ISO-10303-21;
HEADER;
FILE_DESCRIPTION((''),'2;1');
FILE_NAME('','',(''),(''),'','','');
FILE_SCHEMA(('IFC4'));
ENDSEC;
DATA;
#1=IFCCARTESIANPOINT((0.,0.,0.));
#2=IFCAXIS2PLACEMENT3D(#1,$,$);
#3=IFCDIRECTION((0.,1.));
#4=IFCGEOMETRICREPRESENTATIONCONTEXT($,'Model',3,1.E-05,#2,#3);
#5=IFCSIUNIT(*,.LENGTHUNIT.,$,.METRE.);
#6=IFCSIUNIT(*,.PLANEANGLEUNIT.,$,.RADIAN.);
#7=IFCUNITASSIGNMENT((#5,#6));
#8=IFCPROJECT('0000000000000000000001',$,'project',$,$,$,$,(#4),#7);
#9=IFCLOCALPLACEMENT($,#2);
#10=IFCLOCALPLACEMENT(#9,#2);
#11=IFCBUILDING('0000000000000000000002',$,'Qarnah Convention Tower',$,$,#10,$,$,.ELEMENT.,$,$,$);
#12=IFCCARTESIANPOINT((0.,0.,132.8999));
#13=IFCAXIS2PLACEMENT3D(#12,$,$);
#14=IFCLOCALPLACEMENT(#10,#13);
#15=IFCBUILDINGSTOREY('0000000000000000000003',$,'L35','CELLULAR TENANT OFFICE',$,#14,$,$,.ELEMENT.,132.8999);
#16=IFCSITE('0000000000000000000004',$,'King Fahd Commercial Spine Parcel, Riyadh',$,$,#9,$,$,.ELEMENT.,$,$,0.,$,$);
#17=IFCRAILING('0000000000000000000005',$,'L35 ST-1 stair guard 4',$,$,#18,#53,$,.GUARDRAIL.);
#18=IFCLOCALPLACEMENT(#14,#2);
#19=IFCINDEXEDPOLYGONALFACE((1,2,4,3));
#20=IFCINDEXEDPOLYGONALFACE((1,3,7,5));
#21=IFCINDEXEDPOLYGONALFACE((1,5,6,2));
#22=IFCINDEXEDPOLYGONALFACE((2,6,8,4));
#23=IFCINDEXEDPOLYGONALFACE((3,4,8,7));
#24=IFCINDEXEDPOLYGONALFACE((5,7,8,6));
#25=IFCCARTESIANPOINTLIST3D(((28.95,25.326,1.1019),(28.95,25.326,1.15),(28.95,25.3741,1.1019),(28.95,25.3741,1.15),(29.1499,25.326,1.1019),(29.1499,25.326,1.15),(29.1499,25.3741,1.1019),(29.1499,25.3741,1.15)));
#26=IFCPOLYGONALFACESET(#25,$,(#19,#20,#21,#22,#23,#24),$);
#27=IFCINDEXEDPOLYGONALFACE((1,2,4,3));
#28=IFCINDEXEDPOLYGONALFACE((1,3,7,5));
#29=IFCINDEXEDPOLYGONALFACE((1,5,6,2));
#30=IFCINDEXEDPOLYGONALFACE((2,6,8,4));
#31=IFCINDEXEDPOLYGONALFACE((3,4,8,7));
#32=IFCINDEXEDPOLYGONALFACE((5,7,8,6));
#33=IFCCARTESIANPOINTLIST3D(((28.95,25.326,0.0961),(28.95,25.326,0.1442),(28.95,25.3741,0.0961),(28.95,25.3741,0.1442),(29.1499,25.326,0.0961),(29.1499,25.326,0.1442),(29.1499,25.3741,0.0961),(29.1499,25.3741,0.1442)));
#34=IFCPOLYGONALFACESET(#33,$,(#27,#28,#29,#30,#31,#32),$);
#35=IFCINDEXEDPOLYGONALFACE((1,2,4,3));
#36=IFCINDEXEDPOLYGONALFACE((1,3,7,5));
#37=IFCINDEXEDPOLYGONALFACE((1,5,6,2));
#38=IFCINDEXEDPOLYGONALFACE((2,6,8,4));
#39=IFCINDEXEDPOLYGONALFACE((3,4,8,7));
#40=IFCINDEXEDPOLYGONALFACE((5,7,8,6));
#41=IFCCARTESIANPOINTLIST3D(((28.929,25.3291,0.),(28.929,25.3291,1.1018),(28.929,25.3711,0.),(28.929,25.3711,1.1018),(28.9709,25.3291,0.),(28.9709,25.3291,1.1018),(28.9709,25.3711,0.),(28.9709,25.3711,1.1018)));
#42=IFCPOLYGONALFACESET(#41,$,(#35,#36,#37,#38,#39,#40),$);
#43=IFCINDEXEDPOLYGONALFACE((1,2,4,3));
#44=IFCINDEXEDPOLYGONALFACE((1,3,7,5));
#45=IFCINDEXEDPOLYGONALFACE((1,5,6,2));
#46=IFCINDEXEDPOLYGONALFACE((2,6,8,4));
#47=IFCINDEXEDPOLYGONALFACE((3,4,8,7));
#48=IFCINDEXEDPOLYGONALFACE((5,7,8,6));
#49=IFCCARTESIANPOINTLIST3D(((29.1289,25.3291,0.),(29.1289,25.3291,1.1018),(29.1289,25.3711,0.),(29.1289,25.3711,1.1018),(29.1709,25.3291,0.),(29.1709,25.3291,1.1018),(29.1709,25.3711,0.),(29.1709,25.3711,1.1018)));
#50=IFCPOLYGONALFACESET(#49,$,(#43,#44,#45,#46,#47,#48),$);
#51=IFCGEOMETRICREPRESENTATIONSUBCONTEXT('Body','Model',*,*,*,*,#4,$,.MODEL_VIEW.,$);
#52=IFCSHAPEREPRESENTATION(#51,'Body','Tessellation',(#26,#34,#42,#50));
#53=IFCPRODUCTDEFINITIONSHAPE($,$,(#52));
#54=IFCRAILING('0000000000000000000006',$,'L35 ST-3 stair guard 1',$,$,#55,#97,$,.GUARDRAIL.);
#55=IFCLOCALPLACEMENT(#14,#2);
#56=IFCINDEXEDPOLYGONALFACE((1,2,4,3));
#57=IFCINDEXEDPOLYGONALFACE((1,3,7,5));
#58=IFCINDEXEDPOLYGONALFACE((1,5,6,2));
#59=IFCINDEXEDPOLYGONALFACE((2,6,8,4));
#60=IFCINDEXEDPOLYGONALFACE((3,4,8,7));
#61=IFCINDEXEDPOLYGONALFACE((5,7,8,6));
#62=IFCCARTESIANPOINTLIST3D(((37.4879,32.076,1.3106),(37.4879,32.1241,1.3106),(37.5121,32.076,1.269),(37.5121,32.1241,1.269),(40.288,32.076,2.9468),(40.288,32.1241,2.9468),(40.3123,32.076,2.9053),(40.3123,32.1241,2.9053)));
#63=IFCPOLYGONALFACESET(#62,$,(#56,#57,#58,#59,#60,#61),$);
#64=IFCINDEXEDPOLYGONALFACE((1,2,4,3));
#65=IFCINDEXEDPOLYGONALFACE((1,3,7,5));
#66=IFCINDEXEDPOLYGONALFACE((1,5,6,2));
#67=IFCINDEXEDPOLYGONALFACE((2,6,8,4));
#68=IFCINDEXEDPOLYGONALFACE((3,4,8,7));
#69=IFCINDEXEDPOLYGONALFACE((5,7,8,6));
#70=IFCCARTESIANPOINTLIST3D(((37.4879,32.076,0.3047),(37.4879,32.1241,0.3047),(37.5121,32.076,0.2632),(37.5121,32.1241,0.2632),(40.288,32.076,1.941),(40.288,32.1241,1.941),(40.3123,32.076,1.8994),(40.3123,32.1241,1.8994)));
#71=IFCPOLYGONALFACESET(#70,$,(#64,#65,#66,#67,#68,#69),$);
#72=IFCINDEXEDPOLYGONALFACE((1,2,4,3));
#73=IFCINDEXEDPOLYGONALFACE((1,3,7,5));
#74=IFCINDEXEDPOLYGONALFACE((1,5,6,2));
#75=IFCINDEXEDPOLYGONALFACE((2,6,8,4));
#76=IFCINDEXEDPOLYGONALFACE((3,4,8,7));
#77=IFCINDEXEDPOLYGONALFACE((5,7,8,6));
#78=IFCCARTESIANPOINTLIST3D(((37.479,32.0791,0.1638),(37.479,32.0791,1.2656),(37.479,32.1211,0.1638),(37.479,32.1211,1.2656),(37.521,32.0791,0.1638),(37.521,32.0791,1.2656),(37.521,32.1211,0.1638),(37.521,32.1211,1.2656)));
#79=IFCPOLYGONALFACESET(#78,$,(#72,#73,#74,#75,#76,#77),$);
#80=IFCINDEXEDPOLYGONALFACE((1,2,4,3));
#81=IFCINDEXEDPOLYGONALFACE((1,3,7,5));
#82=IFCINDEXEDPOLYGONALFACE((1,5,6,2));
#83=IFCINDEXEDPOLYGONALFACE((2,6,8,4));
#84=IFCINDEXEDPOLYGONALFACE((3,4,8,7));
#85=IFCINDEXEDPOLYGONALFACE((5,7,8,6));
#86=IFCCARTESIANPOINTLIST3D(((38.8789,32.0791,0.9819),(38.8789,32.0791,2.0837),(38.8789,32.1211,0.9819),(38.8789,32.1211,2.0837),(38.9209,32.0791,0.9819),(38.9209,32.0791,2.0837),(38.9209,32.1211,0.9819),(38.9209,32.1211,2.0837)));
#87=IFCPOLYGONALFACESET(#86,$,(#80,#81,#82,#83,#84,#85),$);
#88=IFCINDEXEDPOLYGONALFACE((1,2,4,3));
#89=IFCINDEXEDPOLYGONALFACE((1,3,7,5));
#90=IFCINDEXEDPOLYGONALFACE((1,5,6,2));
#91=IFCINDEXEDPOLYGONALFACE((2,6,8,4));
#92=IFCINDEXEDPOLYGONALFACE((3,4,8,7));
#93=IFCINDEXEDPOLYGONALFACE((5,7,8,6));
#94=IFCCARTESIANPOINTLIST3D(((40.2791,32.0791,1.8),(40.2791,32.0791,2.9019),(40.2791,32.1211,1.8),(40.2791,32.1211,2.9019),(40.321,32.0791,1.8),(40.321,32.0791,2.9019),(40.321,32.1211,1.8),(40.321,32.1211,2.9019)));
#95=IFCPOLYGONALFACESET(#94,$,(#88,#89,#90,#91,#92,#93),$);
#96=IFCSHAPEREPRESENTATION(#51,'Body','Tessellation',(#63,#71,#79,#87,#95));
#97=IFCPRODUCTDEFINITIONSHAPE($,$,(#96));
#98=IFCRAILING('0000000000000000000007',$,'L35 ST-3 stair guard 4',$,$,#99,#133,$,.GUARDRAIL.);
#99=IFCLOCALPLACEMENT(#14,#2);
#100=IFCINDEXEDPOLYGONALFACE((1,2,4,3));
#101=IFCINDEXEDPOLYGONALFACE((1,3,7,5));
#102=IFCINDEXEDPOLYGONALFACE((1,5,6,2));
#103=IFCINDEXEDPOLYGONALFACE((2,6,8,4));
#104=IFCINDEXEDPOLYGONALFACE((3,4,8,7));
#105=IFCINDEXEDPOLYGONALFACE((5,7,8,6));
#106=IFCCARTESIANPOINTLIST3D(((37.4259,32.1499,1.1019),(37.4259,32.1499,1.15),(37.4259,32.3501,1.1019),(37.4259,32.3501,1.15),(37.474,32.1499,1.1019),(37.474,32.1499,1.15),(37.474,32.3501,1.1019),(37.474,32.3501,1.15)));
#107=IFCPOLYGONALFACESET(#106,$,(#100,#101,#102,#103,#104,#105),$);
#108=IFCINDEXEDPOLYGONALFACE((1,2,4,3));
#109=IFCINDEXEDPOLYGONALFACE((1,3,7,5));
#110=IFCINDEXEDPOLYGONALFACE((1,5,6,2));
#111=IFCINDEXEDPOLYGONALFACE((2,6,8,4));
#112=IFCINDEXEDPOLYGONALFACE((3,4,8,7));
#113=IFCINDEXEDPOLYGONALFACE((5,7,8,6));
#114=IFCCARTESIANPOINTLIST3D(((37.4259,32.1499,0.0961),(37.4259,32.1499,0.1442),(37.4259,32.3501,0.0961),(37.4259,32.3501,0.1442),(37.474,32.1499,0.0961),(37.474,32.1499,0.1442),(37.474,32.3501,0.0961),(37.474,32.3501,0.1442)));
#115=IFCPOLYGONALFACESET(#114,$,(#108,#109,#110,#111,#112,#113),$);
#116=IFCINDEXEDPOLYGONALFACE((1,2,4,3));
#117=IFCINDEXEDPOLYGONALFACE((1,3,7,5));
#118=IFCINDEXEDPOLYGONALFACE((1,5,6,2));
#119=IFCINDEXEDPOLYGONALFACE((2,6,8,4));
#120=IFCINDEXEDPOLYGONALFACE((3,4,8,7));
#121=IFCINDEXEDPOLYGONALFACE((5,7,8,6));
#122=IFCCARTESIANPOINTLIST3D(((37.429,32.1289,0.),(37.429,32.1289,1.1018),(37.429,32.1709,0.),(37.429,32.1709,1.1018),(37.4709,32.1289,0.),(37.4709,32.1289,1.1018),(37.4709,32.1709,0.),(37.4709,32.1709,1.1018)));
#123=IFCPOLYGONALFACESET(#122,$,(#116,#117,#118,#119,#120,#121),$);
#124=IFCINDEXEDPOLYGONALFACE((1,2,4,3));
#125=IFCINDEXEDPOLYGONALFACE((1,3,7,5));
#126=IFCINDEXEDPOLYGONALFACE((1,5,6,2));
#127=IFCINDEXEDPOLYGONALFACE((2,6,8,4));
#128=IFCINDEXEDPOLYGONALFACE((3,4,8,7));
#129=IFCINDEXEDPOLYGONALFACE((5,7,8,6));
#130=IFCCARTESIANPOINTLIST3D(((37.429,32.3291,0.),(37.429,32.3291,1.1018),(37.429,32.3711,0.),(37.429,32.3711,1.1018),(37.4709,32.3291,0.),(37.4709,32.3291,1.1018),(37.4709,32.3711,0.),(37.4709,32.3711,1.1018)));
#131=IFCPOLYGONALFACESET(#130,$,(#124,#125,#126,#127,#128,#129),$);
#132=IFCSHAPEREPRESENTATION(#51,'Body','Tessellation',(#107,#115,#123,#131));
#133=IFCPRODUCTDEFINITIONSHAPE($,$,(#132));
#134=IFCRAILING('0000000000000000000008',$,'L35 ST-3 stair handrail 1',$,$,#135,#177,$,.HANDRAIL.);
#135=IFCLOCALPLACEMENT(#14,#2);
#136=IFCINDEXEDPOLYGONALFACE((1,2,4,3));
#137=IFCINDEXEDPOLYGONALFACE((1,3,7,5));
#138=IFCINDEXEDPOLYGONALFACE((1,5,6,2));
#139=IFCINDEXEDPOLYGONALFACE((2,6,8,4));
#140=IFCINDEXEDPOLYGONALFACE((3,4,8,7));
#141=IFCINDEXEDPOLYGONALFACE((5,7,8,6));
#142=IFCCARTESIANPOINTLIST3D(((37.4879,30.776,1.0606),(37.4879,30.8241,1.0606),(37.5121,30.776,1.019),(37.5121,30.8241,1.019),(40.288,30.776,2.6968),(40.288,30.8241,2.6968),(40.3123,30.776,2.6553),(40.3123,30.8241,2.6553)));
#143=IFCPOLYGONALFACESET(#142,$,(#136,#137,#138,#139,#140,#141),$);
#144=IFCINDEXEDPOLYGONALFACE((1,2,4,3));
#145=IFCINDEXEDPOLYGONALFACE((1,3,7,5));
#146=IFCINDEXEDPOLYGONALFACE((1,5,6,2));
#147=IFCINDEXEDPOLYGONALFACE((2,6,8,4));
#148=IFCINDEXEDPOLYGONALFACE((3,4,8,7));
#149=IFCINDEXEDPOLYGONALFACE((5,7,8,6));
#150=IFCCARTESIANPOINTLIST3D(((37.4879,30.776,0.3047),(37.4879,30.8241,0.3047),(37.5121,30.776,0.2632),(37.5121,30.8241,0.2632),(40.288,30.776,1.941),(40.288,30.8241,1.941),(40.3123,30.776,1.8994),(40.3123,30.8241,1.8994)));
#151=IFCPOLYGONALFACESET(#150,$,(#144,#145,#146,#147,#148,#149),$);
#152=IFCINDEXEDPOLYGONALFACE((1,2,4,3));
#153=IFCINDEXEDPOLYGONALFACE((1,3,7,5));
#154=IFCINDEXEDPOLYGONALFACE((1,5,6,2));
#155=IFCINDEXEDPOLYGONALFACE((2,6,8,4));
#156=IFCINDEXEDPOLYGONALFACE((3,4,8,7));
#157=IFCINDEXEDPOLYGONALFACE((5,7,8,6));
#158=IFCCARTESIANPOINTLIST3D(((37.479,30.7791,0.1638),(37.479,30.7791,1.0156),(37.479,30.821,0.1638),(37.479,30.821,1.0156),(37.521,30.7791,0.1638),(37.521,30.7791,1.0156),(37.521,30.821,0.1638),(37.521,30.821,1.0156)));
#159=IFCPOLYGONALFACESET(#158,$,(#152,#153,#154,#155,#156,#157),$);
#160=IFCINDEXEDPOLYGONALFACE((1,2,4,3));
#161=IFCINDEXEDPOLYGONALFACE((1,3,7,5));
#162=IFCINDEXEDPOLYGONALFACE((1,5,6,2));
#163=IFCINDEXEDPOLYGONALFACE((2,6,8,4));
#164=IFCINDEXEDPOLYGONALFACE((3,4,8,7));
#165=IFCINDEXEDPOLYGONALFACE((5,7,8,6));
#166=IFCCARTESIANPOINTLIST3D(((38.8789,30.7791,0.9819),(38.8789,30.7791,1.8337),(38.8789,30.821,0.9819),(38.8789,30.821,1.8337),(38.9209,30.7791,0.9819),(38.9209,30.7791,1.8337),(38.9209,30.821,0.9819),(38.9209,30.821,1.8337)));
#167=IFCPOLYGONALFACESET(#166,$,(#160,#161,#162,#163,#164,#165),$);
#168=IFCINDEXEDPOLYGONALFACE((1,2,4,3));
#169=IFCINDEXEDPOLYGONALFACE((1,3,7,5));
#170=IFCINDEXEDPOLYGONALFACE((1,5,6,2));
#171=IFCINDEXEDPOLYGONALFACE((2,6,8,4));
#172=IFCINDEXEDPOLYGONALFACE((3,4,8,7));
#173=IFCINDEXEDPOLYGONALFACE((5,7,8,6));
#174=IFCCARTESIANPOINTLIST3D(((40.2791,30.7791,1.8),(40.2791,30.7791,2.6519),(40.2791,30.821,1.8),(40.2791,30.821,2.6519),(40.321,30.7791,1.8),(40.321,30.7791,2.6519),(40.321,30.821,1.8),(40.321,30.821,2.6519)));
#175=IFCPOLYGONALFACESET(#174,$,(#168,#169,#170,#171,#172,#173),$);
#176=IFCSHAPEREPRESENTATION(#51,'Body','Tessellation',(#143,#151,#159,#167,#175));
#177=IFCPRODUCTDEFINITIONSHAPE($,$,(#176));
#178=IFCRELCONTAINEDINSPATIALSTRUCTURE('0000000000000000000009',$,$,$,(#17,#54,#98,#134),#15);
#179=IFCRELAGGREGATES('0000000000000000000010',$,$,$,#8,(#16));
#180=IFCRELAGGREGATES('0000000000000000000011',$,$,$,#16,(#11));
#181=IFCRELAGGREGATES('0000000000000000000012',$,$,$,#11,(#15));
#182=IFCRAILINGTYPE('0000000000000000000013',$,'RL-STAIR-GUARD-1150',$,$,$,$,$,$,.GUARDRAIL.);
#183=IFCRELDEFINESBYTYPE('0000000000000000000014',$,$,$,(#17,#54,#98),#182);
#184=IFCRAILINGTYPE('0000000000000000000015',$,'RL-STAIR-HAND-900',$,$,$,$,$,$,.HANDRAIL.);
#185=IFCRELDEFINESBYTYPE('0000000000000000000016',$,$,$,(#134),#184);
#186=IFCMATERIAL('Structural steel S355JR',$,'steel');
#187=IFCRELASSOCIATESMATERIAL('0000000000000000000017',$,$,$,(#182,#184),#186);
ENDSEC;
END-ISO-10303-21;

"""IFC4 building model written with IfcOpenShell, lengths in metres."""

from ifc_helpers import new_model, si_unit, direction, frame, origin, origin_2d, place, context, subcontext, project, spatial, rectangle, extrude, material, type_object, element, save


model = new_model("IFC4")

# Units and contexts
model_context = context("Model", 3, precision=1e-05, world=origin(), true_north=direction((0.0, 1.0)))
body_context = subcontext(model_context, "Body", "Model", "MODEL_VIEW")
ifc_project = project(units=[si_unit("LENGTHUNIT", "METRE"), si_unit("PLANEANGLEUNIT", "RADIAN")], contexts=[model_context])

# Site, building, storey
site_placement = place(None, origin())
site = spatial("IfcSite", under=ifc_project, at=site_placement, Name="King Fahd Commercial Spine Parcel, Riyadh", CompositionType="ELEMENT", RefElevation=0.0)
building_placement = place(site_placement, origin())
building = spatial("IfcBuilding", under=site, at=building_placement, Name="Qarnah Convention Tower", CompositionType="ELEMENT")
storey_placement = place(building_placement, frame((0.0, 0.0, 132.8999)))
storey = spatial("IfcBuildingStorey", under=building, at=storey_placement, Name="L35", Description="CELLULAR TENANT OFFICE", CompositionType="ELEMENT", Elevation=132.8999)

# Shared definitions
ifc_material_1 = material(Name="Structural steel S355JR", Category="steel")

# Railings
railing_type_1 = type_object("IfcRailingType", Name="RL-STAIR-GUARD-1150", PredefinedType="GUARDRAIL", material=ifc_material_1)
railing_1_placement = place(storey_placement, frame((28.95, 25.3501, 0.0)))
element("IfcRailing", 1, at=railing_1_placement, inside=storey, type_object=railing_type_1, Name="L35 ST-1 stair guard 4", PredefinedType="GUARDRAIL", context=body_context, shape_type="SweptSolid", body=[
    extrude(rectangle(XDim=0.0481, YDim=0.0481, at=origin_2d()), frame((0.0, 0.0, 1.126), z_axis=(1.0, 0.0, 0.0), x_axis=(0.0, 1.0, 0.0)), (0.0, 0.0, 1.0), 0.2),
    extrude(rectangle(XDim=0.0481, YDim=0.0481, at=origin_2d()), frame((0.0, 0.0, 0.1201), z_axis=(1.0, 0.0, 0.0), x_axis=(0.0, 1.0, 0.0)), (0.0, 0.0, 1.0), 0.2),
    extrude(rectangle(XDim=0.042, YDim=0.042, at=origin_2d()), origin(), (0.0, 0.0, 1.0), 1.1018),
    extrude(rectangle(XDim=0.042, YDim=0.042, at=origin_2d()), frame((0.2, 0.0, 0.0)), (0.0, 0.0, 1.0), 1.1018),
])
railing_2_placement = place(storey_placement, frame((37.5, 32.1001, 0.1638)))
element("IfcRailing", 2, at=railing_2_placement, inside=storey, type_object=railing_type_1, Name="L35 ST-3 stair guard 1", PredefinedType="GUARDRAIL", context=body_context, shape_type="SweptSolid", body=[
    extrude(rectangle(XDim=0.0481, YDim=0.0481, at=origin_2d()), frame((0.0, 0.0, 1.126), z_axis=(0.863394, 0.0, 0.504531), x_axis=(0.0, 1.0, 0.0)), (0.0, 0.0, 1.0), 3.2432),
    extrude(rectangle(XDim=0.0481, YDim=0.0481, at=origin_2d()), frame((0.0, 0.0, 0.1201), z_axis=(0.863394, 0.0, 0.504531), x_axis=(0.0, 1.0, 0.0)), (0.0, 0.0, 1.0), 3.2432),
    extrude(rectangle(XDim=0.042, YDim=0.042, at=origin_2d()), origin(), (0.0, 0.0, 1.0), 1.1018),
    extrude(rectangle(XDim=0.042, YDim=0.042, at=origin_2d()), frame((1.3999, 0.0, 0.8181)), (0.0, 0.0, 1.0), 1.1018),
    extrude(rectangle(XDim=0.042, YDim=0.042, at=origin_2d()), frame((2.8, 0.0, 1.6362)), (0.0, 0.0, 1.0), 1.1018),
])
railing_3_placement = place(storey_placement, frame((37.45, 32.1499, 0.0)))
element("IfcRailing", 3, at=railing_3_placement, inside=storey, type_object=railing_type_1, Name="L35 ST-3 stair guard 4", PredefinedType="GUARDRAIL", context=body_context, shape_type="SweptSolid", body=[
    extrude(rectangle(XDim=0.0481, YDim=0.0481, at=origin_2d()), frame((0.0, 0.0, 1.126), z_axis=(0.0, 1.0, 0.0), x_axis=(-1.0, 0.0, 0.0)), (0.0, 0.0, 1.0), 0.2002),
    extrude(rectangle(XDim=0.0481, YDim=0.0481, at=origin_2d()), frame((0.0, 0.0, 0.1201), z_axis=(0.0, 1.0, 0.0), x_axis=(-1.0, 0.0, 0.0)), (0.0, 0.0, 1.0), 0.2002),
    extrude(rectangle(XDim=0.042, YDim=0.042, at=origin_2d()), origin(), (0.0, 0.0, 1.0), 1.1018),
    extrude(rectangle(XDim=0.042, YDim=0.042, at=origin_2d()), frame((0.0, 0.2002, 0.0)), (0.0, 0.0, 1.0), 1.1018),
])
railing_type_2 = type_object("IfcRailingType", Name="RL-STAIR-HAND-900", PredefinedType="HANDRAIL", material=ifc_material_1)
railing_4_placement = place(storey_placement, frame((37.5, 30.8, 0.1638)))
element("IfcRailing", 4, at=railing_4_placement, inside=storey, type_object=railing_type_2, Name="L35 ST-3 stair handrail 1", PredefinedType="HANDRAIL", context=body_context, shape_type="SweptSolid", body=[
    extrude(rectangle(XDim=0.0481, YDim=0.0481, at=origin_2d()), frame((0.0, 0.0, 0.876), z_axis=(0.863394, 0.0, 0.504531), x_axis=(0.0, 1.0, 0.0)), (0.0, 0.0, 1.0), 3.2432),
    extrude(rectangle(XDim=0.0481, YDim=0.0481, at=origin_2d()), frame((0.0, 0.0, 0.1201), z_axis=(0.863394, 0.0, 0.504531), x_axis=(0.0, 1.0, 0.0)), (0.0, 0.0, 1.0), 3.2432),
    extrude(rectangle(XDim=0.042, YDim=0.042, at=origin_2d()), origin(), (0.0, 0.0, 1.0), 0.8518),
    extrude(rectangle(XDim=0.042, YDim=0.042, at=origin_2d()), frame((1.3999, 0.0, 0.8181)), (0.0, 0.0, 1.0), 0.8518),
    extrude(rectangle(XDim=0.042, YDim=0.042, at=origin_2d()), frame((2.8, 0.0, 1.6362)), (0.0, 0.0, 1.0), 0.8518),
])

save(model, "model.ifc")
